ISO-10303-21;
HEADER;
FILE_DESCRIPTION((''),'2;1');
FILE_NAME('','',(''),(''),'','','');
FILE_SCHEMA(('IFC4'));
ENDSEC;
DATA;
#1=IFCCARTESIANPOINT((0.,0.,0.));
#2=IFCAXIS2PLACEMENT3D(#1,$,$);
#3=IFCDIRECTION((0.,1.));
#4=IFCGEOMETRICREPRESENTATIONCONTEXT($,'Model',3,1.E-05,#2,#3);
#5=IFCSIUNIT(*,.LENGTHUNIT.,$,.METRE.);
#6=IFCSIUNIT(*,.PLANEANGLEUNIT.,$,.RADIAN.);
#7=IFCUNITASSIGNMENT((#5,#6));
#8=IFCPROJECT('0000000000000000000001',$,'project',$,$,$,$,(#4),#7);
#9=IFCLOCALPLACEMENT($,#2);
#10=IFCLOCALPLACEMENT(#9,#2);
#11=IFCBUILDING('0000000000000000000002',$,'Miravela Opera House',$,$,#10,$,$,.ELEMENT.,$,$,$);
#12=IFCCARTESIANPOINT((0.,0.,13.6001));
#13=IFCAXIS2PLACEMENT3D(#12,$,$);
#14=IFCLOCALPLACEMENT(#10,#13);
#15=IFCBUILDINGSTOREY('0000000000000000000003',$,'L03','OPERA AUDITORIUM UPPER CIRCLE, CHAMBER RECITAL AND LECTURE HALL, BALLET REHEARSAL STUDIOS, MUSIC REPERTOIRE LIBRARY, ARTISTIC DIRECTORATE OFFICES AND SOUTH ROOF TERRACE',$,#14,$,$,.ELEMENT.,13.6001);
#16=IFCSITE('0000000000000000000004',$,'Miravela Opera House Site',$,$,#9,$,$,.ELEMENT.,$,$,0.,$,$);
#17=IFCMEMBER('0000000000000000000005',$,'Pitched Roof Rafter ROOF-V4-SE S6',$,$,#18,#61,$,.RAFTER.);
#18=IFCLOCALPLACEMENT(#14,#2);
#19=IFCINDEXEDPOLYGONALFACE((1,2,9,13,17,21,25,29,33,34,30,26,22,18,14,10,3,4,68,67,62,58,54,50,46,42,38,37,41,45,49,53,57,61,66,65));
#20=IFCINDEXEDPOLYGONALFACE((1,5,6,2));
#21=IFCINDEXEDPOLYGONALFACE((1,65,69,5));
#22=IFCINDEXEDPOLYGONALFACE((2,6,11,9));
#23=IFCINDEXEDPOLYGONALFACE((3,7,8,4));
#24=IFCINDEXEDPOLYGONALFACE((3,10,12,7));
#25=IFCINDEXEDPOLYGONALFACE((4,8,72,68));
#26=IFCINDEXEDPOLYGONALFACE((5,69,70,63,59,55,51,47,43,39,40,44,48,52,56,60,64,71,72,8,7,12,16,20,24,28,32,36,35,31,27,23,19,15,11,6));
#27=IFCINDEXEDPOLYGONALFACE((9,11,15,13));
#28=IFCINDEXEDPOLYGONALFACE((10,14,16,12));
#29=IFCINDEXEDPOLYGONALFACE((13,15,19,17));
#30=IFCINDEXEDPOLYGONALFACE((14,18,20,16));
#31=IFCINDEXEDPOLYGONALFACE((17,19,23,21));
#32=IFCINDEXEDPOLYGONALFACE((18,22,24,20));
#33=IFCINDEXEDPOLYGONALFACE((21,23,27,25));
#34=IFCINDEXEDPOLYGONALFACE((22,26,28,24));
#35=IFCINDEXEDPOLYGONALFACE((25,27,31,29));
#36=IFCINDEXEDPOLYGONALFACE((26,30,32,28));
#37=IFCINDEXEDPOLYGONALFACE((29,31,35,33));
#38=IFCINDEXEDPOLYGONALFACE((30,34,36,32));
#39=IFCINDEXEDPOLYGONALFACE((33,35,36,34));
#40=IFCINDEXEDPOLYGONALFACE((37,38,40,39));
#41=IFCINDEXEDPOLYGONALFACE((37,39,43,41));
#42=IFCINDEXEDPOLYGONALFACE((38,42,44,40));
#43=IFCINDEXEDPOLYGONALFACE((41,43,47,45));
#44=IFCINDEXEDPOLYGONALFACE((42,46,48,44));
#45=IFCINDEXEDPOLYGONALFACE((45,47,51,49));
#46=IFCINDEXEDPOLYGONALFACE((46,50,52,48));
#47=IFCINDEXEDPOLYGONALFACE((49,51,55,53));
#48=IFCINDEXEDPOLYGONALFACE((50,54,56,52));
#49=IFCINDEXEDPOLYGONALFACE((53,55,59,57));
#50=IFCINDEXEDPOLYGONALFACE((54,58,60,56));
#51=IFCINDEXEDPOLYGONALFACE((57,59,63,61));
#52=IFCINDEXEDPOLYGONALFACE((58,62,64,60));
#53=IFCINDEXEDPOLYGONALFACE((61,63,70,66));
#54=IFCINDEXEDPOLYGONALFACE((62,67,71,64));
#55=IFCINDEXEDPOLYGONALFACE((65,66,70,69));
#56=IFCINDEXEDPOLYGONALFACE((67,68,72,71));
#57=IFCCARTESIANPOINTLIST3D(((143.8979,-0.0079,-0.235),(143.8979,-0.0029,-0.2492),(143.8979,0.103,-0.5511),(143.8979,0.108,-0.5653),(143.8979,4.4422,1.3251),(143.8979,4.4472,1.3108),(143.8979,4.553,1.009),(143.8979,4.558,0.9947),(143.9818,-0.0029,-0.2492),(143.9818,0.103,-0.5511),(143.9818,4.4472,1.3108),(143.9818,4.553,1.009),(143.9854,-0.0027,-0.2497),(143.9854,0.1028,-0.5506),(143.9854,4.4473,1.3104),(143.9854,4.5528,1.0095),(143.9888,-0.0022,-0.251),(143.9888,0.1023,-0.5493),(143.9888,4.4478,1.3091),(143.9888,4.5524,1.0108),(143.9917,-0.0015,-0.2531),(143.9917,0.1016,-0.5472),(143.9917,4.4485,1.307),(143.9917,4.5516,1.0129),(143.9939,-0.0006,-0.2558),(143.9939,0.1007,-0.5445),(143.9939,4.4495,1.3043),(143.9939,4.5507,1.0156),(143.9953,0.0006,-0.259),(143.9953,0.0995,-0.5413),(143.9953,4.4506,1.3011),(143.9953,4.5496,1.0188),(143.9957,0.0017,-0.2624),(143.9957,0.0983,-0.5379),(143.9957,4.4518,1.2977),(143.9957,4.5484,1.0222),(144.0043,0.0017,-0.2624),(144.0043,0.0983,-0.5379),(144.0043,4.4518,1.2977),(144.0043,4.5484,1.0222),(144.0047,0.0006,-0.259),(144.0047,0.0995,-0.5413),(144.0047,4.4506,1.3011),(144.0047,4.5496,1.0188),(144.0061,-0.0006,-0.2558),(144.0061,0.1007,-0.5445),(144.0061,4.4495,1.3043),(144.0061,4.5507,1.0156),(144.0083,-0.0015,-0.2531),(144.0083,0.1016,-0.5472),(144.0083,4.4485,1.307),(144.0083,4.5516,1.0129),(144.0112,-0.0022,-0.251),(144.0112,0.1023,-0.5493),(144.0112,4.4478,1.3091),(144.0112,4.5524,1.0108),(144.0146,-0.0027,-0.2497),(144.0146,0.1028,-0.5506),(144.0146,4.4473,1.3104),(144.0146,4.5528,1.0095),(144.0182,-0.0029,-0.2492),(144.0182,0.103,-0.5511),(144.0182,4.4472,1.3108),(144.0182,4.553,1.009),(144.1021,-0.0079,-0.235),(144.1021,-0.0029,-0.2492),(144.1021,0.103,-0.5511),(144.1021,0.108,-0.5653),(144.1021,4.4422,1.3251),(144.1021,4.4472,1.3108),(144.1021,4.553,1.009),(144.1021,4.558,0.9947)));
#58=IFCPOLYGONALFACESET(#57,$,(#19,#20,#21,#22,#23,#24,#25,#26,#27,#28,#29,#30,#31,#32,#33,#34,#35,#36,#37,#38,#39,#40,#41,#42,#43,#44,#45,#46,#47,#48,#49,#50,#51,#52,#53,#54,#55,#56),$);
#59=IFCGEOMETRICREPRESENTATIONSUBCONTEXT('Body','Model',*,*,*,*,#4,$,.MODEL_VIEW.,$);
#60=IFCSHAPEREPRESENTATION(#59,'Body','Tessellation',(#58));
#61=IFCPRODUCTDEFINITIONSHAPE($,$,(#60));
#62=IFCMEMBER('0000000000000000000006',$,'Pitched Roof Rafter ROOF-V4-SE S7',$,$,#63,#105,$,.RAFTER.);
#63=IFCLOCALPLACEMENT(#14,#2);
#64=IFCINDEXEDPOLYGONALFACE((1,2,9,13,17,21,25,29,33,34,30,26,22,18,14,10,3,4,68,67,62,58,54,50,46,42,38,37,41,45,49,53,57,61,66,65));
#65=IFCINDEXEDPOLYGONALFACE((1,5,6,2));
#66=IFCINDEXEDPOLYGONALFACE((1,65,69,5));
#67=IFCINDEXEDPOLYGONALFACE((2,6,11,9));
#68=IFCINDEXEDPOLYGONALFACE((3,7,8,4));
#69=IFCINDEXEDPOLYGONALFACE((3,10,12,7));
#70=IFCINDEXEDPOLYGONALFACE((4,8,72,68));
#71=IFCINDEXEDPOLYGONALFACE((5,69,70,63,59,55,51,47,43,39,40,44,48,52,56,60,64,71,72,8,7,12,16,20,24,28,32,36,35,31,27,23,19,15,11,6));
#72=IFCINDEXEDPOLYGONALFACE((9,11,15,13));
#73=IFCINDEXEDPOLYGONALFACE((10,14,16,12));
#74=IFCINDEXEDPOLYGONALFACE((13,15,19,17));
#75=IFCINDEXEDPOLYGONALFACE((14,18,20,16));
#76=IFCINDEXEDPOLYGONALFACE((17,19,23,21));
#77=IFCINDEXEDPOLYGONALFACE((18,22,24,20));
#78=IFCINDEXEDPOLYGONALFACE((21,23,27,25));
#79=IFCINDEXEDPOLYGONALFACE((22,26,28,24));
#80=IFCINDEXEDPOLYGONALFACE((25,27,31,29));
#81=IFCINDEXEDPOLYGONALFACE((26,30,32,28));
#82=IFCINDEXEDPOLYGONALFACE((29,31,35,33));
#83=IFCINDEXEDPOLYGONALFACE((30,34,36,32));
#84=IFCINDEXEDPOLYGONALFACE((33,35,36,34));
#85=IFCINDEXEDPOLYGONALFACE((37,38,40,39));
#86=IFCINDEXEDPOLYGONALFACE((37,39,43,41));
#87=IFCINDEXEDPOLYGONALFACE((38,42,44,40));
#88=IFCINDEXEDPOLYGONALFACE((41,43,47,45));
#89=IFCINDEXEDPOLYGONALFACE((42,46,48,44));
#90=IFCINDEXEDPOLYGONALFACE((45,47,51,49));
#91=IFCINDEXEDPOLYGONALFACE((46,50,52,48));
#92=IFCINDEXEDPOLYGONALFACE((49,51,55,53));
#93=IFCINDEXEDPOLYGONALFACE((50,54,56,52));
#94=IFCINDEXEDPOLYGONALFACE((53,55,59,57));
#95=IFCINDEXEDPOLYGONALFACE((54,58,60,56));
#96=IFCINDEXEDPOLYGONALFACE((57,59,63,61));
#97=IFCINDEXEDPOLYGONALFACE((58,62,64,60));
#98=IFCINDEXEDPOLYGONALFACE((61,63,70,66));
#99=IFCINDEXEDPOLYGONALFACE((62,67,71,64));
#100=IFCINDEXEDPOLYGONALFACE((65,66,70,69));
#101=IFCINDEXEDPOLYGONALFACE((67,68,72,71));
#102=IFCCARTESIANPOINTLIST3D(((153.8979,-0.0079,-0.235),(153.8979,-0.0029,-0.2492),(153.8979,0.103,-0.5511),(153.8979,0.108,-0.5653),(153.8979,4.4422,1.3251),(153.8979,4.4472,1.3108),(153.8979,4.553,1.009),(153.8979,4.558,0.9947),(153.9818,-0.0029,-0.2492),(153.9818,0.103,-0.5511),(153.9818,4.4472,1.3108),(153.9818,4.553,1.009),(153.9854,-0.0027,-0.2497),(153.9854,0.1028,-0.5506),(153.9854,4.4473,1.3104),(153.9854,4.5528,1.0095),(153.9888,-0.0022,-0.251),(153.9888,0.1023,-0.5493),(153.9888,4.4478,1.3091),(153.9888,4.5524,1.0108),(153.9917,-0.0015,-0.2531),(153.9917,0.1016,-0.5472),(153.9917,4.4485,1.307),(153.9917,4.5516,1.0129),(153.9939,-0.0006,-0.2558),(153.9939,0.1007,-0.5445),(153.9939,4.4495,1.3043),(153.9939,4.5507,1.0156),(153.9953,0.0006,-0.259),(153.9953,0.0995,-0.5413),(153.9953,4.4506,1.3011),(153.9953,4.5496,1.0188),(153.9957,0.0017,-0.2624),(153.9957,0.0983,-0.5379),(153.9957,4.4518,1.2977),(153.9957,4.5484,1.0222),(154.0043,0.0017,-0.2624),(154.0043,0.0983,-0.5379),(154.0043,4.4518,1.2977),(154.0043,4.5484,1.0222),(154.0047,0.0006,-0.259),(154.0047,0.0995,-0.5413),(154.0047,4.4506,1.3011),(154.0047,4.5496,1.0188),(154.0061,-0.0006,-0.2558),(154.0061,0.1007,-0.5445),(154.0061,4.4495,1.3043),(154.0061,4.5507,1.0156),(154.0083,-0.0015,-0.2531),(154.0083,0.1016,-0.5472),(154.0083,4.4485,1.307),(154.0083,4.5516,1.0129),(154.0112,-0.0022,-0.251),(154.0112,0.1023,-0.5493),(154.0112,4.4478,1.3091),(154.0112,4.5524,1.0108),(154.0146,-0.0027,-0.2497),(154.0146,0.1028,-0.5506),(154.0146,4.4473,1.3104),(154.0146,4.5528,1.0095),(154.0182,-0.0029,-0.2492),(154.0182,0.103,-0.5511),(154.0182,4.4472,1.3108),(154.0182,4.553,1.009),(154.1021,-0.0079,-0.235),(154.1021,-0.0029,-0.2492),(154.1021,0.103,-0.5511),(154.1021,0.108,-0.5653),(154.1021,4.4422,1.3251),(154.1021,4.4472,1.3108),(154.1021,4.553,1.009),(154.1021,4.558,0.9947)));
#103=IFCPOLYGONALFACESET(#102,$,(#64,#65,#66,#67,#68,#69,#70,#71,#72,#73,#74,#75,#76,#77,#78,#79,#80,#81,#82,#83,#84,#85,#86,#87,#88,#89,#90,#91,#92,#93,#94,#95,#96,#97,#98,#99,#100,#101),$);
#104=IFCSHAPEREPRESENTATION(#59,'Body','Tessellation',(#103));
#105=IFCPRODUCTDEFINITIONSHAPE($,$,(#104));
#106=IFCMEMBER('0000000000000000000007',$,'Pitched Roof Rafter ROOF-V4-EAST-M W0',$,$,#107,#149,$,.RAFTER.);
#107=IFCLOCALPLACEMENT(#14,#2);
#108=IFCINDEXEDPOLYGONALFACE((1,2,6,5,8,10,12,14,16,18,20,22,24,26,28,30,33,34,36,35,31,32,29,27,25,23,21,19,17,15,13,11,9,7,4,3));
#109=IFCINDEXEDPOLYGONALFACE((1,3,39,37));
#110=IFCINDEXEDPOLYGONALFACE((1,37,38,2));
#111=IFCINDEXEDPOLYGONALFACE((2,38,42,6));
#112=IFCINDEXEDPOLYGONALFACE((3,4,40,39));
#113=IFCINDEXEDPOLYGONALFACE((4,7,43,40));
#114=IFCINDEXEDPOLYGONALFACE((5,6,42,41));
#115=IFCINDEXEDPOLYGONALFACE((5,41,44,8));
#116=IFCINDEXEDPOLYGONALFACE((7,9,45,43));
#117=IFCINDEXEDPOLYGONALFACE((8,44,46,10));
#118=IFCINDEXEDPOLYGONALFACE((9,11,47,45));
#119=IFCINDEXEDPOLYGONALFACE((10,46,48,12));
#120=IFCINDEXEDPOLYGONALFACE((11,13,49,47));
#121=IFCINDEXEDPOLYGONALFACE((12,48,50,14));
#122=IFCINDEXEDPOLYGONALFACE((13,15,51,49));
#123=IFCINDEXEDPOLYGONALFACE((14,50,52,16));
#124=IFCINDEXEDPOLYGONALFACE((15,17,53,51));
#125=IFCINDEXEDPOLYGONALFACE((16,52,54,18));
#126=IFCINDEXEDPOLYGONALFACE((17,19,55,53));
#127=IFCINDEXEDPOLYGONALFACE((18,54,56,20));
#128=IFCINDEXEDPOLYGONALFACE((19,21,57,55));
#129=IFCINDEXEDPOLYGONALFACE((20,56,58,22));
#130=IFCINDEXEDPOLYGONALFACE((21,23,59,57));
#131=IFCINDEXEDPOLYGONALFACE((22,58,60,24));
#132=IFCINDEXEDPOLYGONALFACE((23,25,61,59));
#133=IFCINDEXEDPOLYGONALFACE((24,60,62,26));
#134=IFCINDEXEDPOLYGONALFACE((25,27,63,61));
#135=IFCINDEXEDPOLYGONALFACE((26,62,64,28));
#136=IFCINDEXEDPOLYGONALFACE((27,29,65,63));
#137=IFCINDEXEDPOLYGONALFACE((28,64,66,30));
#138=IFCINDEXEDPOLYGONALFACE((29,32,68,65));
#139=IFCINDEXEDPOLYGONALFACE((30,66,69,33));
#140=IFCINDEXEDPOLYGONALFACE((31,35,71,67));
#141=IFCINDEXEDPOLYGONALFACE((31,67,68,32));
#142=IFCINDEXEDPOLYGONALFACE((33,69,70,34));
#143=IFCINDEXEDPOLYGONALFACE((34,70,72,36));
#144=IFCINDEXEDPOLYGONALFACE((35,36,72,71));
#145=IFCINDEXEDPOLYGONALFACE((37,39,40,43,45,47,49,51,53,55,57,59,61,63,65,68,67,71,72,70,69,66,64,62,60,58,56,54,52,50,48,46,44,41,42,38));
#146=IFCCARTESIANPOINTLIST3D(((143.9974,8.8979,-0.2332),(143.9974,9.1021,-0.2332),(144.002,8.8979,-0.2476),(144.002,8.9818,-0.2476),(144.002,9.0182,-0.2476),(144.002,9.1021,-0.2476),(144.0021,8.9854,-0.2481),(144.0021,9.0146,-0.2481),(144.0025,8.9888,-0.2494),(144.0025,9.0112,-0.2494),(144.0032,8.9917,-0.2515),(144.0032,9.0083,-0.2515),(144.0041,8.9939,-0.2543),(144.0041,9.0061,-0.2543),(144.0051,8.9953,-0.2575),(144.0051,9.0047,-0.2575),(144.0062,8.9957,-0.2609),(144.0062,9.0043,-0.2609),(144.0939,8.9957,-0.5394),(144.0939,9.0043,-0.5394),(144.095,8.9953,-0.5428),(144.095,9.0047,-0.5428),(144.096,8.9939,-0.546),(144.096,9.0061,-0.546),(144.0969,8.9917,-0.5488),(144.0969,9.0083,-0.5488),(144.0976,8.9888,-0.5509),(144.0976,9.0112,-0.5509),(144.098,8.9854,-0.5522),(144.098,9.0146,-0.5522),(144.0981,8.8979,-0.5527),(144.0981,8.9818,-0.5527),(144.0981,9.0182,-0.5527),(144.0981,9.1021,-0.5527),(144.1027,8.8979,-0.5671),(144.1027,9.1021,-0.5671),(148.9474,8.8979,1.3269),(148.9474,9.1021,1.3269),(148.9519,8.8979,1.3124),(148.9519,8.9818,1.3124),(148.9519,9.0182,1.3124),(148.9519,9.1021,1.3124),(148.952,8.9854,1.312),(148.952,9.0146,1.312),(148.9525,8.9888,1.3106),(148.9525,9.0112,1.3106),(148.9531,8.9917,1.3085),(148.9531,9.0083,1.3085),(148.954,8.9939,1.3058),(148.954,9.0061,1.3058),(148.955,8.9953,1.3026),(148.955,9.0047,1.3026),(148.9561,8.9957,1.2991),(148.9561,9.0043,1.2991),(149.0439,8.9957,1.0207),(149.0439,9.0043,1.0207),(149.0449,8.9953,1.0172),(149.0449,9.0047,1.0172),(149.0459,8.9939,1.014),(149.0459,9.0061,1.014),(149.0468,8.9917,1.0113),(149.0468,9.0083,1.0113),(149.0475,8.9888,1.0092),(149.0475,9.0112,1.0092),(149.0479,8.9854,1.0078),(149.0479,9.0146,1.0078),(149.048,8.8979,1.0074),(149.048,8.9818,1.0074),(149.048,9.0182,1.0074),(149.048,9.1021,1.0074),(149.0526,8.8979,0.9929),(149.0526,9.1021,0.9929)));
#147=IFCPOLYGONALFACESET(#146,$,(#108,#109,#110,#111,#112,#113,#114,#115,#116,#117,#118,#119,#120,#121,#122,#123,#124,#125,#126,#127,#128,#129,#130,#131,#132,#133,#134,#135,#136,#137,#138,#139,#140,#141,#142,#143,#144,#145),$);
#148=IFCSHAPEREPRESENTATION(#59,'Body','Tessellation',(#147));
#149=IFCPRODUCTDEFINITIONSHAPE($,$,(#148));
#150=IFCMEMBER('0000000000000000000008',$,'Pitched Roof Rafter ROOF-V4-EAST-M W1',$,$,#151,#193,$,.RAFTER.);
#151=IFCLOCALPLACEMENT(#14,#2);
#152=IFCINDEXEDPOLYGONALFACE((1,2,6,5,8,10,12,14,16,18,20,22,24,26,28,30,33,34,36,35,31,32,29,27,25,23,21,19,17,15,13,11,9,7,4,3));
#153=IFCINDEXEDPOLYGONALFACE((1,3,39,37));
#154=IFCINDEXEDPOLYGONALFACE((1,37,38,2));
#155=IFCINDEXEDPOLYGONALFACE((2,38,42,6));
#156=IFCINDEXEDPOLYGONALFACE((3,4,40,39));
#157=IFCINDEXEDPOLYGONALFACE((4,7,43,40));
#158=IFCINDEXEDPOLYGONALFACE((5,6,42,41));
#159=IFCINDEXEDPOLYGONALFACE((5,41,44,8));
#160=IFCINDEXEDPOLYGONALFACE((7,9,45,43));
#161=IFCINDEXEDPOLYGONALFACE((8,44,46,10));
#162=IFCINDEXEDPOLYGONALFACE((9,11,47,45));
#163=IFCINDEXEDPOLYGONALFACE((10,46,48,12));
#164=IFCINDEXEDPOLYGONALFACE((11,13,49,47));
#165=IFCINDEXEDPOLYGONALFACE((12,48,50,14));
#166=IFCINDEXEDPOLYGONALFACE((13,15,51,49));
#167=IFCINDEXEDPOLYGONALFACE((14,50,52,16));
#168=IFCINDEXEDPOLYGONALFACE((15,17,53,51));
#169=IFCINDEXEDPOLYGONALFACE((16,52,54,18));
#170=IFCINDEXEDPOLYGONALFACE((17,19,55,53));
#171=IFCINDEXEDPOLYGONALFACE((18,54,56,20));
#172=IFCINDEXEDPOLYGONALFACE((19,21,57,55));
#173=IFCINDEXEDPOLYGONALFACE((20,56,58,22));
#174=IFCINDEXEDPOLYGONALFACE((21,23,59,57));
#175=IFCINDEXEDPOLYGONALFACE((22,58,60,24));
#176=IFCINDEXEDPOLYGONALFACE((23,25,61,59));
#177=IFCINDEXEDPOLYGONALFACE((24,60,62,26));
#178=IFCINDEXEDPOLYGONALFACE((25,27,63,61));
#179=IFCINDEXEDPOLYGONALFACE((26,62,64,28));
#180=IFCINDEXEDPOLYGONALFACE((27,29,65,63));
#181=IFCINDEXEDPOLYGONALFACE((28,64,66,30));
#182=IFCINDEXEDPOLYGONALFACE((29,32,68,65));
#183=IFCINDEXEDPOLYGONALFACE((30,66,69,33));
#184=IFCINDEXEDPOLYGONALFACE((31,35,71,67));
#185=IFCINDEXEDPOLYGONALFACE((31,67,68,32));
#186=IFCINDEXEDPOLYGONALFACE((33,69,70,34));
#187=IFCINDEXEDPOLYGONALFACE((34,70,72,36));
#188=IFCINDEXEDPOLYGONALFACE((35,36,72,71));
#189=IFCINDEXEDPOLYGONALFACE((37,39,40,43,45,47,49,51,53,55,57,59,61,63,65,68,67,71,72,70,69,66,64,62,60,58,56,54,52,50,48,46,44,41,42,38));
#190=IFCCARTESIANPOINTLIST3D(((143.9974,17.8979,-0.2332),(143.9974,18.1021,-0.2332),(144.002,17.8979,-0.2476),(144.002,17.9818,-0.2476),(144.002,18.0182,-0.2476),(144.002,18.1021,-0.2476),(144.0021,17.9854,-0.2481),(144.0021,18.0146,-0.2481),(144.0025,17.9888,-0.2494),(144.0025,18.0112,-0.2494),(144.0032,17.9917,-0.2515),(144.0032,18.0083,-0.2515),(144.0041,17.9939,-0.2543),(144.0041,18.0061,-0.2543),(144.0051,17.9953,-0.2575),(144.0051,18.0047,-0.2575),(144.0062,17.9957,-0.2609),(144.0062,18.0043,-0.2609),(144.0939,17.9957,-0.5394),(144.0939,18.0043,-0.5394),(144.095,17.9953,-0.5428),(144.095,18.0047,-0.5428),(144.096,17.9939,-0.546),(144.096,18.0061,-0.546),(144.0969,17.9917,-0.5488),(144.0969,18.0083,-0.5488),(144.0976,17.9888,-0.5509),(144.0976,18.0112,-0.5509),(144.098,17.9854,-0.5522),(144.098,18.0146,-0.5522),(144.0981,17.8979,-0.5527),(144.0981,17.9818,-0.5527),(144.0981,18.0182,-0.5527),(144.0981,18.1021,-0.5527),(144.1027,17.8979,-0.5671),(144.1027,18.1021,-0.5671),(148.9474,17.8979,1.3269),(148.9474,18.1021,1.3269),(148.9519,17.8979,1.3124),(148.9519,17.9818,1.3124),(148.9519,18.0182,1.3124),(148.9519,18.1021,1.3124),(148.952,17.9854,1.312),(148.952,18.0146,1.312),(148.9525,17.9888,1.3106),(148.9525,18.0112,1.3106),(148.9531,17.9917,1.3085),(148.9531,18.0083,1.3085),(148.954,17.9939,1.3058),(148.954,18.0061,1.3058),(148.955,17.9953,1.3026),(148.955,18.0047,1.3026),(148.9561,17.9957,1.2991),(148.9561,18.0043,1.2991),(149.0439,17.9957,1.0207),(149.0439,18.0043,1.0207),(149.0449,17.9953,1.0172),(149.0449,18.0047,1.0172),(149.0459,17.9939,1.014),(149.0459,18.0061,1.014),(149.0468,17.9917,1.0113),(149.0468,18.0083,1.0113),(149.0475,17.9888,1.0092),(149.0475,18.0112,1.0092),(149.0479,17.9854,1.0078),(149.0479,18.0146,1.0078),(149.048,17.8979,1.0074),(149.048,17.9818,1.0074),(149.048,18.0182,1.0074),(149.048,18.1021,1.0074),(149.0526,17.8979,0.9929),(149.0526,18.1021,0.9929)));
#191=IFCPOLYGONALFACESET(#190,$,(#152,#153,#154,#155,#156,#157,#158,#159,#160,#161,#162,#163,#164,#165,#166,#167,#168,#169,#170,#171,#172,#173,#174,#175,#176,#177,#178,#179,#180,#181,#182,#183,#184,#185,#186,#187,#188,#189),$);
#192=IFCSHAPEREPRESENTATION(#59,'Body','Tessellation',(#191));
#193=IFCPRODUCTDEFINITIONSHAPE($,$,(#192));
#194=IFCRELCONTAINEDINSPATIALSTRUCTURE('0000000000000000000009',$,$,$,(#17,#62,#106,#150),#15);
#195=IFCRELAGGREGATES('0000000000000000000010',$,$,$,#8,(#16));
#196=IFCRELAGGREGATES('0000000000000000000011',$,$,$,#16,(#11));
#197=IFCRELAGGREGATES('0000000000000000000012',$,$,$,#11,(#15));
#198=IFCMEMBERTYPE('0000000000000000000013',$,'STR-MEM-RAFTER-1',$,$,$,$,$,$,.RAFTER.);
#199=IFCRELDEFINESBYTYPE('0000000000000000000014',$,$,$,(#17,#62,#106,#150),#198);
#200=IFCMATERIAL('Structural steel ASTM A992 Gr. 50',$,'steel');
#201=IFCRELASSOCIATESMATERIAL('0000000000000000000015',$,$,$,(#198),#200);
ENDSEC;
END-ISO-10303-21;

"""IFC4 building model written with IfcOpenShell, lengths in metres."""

from ifc_helpers import new_model, si_unit, direction, frame, origin, origin_2d, place, context, subcontext, project, spatial, i_section, extrude, material, material_profile, profile_set, type_object, element, save


model = new_model("IFC4")

# Units and contexts
model_context = context("Model", 3, precision=1e-05, world=origin(), true_north=direction((0.0, 1.0)))
body_context = subcontext(model_context, "Body", "Model", "MODEL_VIEW")
ifc_project = project(units=[si_unit("LENGTHUNIT", "METRE"), si_unit("PLANEANGLEUNIT", "RADIAN")], contexts=[model_context])

# Site, building, storey
site_placement = place(None, origin())
site = spatial("IfcSite", under=ifc_project, at=site_placement, Name="Miravela Opera House Site", CompositionType="ELEMENT", RefElevation=0.0)
building_placement = place(site_placement, origin())
building = spatial("IfcBuilding", under=site, at=building_placement, Name="Miravela Opera House", CompositionType="ELEMENT")
storey_placement = place(building_placement, frame((0.0, 0.0, 13.6001)))
storey = spatial("IfcBuildingStorey", under=building, at=storey_placement, Name="L03", Description="OPERA AUDITORIUM UPPER CIRCLE, CHAMBER RECITAL AND LECTURE HALL, BALLET REHEARSAL STUDIOS, MUSIC REPERTOIRE LIBRARY, ARTISTIC DIRECTORATE OFFICES AND SOUTH ROOF TERRACE", CompositionType="ELEMENT", Elevation=13.6001)

# Shared definitions
ifc_material_1 = material(Name="Structural steel ASTM A992 Gr. 50", Category="steel")

# Members
ifc_material_profile_1 = material_profile(ifc_material_1, i_section(OverallWidth=0.2041, OverallDepth=0.3501, WebThickness=0.0085, FlangeThickness=0.0151, FilletRadius=0.0139, at=origin_2d()), Name="W360X72")
ifc_profile_set_1 = profile_set([ifc_material_profile_1])
member_type_1 = type_object("IfcMemberType", Name="STR-MEM-RAFTER-1", PredefinedType="RAFTER", material=ifc_profile_set_1)
for number, where, z_axis, x_axis, name in (
    (1, (144.0, 0.05, -0.4001), (0.0, 0.943688, 0.330837), (-1.0, 0.0, 0.0), "Pitched Roof Rafter ROOF-V4-SE S6"),
    (2, (154.0, 0.05, -0.4001), (0.0, 0.943688, 0.330837), (-1.0, 0.0, 0.0), "Pitched Roof Rafter ROOF-V4-SE S7"),
):
    element("IfcMember", number, at=place(storey_placement, frame(where, z_axis=z_axis, x_axis=x_axis)), inside=storey, type_object=member_type_1, Name=name, PredefinedType="RAFTER", context=body_context, shape_type="SweptSolid", body=[
        extrude(i_section(OverallWidth=0.2041, OverallDepth=0.3501, WebThickness=0.0085, FlangeThickness=0.0151, FilletRadius=0.0139, at=origin_2d()), origin(), (0.0, 0.0, 1.0), 4.7156),
    ])
for number, where, z_axis, x_axis, name in (
    (3, (144.05, 9.0, -0.4001), (0.953753, 0.0, 0.300591), (0.0, 1.0, 0.0), "Pitched Roof Rafter ROOF-V4-EAST-M W0"),
    (4, (144.05, 18.0, -0.4001), (0.953753, 0.0, 0.300591), (0.0, 1.0, 0.0), "Pitched Roof Rafter ROOF-V4-EAST-M W1"),
):
    element("IfcMember", number, at=place(storey_placement, frame(where, z_axis=z_axis, x_axis=x_axis)), inside=storey, type_object=member_type_1, Name=name, PredefinedType="RAFTER", context=body_context, shape_type="SweptSolid", body=[
        extrude(i_section(OverallWidth=0.2041, OverallDepth=0.3501, WebThickness=0.0085, FlangeThickness=0.0151, FilletRadius=0.0139, at=origin_2d()), origin(), (0.0, 0.0, 1.0), 5.1899),
    ])

save(model, "model.ifc")
